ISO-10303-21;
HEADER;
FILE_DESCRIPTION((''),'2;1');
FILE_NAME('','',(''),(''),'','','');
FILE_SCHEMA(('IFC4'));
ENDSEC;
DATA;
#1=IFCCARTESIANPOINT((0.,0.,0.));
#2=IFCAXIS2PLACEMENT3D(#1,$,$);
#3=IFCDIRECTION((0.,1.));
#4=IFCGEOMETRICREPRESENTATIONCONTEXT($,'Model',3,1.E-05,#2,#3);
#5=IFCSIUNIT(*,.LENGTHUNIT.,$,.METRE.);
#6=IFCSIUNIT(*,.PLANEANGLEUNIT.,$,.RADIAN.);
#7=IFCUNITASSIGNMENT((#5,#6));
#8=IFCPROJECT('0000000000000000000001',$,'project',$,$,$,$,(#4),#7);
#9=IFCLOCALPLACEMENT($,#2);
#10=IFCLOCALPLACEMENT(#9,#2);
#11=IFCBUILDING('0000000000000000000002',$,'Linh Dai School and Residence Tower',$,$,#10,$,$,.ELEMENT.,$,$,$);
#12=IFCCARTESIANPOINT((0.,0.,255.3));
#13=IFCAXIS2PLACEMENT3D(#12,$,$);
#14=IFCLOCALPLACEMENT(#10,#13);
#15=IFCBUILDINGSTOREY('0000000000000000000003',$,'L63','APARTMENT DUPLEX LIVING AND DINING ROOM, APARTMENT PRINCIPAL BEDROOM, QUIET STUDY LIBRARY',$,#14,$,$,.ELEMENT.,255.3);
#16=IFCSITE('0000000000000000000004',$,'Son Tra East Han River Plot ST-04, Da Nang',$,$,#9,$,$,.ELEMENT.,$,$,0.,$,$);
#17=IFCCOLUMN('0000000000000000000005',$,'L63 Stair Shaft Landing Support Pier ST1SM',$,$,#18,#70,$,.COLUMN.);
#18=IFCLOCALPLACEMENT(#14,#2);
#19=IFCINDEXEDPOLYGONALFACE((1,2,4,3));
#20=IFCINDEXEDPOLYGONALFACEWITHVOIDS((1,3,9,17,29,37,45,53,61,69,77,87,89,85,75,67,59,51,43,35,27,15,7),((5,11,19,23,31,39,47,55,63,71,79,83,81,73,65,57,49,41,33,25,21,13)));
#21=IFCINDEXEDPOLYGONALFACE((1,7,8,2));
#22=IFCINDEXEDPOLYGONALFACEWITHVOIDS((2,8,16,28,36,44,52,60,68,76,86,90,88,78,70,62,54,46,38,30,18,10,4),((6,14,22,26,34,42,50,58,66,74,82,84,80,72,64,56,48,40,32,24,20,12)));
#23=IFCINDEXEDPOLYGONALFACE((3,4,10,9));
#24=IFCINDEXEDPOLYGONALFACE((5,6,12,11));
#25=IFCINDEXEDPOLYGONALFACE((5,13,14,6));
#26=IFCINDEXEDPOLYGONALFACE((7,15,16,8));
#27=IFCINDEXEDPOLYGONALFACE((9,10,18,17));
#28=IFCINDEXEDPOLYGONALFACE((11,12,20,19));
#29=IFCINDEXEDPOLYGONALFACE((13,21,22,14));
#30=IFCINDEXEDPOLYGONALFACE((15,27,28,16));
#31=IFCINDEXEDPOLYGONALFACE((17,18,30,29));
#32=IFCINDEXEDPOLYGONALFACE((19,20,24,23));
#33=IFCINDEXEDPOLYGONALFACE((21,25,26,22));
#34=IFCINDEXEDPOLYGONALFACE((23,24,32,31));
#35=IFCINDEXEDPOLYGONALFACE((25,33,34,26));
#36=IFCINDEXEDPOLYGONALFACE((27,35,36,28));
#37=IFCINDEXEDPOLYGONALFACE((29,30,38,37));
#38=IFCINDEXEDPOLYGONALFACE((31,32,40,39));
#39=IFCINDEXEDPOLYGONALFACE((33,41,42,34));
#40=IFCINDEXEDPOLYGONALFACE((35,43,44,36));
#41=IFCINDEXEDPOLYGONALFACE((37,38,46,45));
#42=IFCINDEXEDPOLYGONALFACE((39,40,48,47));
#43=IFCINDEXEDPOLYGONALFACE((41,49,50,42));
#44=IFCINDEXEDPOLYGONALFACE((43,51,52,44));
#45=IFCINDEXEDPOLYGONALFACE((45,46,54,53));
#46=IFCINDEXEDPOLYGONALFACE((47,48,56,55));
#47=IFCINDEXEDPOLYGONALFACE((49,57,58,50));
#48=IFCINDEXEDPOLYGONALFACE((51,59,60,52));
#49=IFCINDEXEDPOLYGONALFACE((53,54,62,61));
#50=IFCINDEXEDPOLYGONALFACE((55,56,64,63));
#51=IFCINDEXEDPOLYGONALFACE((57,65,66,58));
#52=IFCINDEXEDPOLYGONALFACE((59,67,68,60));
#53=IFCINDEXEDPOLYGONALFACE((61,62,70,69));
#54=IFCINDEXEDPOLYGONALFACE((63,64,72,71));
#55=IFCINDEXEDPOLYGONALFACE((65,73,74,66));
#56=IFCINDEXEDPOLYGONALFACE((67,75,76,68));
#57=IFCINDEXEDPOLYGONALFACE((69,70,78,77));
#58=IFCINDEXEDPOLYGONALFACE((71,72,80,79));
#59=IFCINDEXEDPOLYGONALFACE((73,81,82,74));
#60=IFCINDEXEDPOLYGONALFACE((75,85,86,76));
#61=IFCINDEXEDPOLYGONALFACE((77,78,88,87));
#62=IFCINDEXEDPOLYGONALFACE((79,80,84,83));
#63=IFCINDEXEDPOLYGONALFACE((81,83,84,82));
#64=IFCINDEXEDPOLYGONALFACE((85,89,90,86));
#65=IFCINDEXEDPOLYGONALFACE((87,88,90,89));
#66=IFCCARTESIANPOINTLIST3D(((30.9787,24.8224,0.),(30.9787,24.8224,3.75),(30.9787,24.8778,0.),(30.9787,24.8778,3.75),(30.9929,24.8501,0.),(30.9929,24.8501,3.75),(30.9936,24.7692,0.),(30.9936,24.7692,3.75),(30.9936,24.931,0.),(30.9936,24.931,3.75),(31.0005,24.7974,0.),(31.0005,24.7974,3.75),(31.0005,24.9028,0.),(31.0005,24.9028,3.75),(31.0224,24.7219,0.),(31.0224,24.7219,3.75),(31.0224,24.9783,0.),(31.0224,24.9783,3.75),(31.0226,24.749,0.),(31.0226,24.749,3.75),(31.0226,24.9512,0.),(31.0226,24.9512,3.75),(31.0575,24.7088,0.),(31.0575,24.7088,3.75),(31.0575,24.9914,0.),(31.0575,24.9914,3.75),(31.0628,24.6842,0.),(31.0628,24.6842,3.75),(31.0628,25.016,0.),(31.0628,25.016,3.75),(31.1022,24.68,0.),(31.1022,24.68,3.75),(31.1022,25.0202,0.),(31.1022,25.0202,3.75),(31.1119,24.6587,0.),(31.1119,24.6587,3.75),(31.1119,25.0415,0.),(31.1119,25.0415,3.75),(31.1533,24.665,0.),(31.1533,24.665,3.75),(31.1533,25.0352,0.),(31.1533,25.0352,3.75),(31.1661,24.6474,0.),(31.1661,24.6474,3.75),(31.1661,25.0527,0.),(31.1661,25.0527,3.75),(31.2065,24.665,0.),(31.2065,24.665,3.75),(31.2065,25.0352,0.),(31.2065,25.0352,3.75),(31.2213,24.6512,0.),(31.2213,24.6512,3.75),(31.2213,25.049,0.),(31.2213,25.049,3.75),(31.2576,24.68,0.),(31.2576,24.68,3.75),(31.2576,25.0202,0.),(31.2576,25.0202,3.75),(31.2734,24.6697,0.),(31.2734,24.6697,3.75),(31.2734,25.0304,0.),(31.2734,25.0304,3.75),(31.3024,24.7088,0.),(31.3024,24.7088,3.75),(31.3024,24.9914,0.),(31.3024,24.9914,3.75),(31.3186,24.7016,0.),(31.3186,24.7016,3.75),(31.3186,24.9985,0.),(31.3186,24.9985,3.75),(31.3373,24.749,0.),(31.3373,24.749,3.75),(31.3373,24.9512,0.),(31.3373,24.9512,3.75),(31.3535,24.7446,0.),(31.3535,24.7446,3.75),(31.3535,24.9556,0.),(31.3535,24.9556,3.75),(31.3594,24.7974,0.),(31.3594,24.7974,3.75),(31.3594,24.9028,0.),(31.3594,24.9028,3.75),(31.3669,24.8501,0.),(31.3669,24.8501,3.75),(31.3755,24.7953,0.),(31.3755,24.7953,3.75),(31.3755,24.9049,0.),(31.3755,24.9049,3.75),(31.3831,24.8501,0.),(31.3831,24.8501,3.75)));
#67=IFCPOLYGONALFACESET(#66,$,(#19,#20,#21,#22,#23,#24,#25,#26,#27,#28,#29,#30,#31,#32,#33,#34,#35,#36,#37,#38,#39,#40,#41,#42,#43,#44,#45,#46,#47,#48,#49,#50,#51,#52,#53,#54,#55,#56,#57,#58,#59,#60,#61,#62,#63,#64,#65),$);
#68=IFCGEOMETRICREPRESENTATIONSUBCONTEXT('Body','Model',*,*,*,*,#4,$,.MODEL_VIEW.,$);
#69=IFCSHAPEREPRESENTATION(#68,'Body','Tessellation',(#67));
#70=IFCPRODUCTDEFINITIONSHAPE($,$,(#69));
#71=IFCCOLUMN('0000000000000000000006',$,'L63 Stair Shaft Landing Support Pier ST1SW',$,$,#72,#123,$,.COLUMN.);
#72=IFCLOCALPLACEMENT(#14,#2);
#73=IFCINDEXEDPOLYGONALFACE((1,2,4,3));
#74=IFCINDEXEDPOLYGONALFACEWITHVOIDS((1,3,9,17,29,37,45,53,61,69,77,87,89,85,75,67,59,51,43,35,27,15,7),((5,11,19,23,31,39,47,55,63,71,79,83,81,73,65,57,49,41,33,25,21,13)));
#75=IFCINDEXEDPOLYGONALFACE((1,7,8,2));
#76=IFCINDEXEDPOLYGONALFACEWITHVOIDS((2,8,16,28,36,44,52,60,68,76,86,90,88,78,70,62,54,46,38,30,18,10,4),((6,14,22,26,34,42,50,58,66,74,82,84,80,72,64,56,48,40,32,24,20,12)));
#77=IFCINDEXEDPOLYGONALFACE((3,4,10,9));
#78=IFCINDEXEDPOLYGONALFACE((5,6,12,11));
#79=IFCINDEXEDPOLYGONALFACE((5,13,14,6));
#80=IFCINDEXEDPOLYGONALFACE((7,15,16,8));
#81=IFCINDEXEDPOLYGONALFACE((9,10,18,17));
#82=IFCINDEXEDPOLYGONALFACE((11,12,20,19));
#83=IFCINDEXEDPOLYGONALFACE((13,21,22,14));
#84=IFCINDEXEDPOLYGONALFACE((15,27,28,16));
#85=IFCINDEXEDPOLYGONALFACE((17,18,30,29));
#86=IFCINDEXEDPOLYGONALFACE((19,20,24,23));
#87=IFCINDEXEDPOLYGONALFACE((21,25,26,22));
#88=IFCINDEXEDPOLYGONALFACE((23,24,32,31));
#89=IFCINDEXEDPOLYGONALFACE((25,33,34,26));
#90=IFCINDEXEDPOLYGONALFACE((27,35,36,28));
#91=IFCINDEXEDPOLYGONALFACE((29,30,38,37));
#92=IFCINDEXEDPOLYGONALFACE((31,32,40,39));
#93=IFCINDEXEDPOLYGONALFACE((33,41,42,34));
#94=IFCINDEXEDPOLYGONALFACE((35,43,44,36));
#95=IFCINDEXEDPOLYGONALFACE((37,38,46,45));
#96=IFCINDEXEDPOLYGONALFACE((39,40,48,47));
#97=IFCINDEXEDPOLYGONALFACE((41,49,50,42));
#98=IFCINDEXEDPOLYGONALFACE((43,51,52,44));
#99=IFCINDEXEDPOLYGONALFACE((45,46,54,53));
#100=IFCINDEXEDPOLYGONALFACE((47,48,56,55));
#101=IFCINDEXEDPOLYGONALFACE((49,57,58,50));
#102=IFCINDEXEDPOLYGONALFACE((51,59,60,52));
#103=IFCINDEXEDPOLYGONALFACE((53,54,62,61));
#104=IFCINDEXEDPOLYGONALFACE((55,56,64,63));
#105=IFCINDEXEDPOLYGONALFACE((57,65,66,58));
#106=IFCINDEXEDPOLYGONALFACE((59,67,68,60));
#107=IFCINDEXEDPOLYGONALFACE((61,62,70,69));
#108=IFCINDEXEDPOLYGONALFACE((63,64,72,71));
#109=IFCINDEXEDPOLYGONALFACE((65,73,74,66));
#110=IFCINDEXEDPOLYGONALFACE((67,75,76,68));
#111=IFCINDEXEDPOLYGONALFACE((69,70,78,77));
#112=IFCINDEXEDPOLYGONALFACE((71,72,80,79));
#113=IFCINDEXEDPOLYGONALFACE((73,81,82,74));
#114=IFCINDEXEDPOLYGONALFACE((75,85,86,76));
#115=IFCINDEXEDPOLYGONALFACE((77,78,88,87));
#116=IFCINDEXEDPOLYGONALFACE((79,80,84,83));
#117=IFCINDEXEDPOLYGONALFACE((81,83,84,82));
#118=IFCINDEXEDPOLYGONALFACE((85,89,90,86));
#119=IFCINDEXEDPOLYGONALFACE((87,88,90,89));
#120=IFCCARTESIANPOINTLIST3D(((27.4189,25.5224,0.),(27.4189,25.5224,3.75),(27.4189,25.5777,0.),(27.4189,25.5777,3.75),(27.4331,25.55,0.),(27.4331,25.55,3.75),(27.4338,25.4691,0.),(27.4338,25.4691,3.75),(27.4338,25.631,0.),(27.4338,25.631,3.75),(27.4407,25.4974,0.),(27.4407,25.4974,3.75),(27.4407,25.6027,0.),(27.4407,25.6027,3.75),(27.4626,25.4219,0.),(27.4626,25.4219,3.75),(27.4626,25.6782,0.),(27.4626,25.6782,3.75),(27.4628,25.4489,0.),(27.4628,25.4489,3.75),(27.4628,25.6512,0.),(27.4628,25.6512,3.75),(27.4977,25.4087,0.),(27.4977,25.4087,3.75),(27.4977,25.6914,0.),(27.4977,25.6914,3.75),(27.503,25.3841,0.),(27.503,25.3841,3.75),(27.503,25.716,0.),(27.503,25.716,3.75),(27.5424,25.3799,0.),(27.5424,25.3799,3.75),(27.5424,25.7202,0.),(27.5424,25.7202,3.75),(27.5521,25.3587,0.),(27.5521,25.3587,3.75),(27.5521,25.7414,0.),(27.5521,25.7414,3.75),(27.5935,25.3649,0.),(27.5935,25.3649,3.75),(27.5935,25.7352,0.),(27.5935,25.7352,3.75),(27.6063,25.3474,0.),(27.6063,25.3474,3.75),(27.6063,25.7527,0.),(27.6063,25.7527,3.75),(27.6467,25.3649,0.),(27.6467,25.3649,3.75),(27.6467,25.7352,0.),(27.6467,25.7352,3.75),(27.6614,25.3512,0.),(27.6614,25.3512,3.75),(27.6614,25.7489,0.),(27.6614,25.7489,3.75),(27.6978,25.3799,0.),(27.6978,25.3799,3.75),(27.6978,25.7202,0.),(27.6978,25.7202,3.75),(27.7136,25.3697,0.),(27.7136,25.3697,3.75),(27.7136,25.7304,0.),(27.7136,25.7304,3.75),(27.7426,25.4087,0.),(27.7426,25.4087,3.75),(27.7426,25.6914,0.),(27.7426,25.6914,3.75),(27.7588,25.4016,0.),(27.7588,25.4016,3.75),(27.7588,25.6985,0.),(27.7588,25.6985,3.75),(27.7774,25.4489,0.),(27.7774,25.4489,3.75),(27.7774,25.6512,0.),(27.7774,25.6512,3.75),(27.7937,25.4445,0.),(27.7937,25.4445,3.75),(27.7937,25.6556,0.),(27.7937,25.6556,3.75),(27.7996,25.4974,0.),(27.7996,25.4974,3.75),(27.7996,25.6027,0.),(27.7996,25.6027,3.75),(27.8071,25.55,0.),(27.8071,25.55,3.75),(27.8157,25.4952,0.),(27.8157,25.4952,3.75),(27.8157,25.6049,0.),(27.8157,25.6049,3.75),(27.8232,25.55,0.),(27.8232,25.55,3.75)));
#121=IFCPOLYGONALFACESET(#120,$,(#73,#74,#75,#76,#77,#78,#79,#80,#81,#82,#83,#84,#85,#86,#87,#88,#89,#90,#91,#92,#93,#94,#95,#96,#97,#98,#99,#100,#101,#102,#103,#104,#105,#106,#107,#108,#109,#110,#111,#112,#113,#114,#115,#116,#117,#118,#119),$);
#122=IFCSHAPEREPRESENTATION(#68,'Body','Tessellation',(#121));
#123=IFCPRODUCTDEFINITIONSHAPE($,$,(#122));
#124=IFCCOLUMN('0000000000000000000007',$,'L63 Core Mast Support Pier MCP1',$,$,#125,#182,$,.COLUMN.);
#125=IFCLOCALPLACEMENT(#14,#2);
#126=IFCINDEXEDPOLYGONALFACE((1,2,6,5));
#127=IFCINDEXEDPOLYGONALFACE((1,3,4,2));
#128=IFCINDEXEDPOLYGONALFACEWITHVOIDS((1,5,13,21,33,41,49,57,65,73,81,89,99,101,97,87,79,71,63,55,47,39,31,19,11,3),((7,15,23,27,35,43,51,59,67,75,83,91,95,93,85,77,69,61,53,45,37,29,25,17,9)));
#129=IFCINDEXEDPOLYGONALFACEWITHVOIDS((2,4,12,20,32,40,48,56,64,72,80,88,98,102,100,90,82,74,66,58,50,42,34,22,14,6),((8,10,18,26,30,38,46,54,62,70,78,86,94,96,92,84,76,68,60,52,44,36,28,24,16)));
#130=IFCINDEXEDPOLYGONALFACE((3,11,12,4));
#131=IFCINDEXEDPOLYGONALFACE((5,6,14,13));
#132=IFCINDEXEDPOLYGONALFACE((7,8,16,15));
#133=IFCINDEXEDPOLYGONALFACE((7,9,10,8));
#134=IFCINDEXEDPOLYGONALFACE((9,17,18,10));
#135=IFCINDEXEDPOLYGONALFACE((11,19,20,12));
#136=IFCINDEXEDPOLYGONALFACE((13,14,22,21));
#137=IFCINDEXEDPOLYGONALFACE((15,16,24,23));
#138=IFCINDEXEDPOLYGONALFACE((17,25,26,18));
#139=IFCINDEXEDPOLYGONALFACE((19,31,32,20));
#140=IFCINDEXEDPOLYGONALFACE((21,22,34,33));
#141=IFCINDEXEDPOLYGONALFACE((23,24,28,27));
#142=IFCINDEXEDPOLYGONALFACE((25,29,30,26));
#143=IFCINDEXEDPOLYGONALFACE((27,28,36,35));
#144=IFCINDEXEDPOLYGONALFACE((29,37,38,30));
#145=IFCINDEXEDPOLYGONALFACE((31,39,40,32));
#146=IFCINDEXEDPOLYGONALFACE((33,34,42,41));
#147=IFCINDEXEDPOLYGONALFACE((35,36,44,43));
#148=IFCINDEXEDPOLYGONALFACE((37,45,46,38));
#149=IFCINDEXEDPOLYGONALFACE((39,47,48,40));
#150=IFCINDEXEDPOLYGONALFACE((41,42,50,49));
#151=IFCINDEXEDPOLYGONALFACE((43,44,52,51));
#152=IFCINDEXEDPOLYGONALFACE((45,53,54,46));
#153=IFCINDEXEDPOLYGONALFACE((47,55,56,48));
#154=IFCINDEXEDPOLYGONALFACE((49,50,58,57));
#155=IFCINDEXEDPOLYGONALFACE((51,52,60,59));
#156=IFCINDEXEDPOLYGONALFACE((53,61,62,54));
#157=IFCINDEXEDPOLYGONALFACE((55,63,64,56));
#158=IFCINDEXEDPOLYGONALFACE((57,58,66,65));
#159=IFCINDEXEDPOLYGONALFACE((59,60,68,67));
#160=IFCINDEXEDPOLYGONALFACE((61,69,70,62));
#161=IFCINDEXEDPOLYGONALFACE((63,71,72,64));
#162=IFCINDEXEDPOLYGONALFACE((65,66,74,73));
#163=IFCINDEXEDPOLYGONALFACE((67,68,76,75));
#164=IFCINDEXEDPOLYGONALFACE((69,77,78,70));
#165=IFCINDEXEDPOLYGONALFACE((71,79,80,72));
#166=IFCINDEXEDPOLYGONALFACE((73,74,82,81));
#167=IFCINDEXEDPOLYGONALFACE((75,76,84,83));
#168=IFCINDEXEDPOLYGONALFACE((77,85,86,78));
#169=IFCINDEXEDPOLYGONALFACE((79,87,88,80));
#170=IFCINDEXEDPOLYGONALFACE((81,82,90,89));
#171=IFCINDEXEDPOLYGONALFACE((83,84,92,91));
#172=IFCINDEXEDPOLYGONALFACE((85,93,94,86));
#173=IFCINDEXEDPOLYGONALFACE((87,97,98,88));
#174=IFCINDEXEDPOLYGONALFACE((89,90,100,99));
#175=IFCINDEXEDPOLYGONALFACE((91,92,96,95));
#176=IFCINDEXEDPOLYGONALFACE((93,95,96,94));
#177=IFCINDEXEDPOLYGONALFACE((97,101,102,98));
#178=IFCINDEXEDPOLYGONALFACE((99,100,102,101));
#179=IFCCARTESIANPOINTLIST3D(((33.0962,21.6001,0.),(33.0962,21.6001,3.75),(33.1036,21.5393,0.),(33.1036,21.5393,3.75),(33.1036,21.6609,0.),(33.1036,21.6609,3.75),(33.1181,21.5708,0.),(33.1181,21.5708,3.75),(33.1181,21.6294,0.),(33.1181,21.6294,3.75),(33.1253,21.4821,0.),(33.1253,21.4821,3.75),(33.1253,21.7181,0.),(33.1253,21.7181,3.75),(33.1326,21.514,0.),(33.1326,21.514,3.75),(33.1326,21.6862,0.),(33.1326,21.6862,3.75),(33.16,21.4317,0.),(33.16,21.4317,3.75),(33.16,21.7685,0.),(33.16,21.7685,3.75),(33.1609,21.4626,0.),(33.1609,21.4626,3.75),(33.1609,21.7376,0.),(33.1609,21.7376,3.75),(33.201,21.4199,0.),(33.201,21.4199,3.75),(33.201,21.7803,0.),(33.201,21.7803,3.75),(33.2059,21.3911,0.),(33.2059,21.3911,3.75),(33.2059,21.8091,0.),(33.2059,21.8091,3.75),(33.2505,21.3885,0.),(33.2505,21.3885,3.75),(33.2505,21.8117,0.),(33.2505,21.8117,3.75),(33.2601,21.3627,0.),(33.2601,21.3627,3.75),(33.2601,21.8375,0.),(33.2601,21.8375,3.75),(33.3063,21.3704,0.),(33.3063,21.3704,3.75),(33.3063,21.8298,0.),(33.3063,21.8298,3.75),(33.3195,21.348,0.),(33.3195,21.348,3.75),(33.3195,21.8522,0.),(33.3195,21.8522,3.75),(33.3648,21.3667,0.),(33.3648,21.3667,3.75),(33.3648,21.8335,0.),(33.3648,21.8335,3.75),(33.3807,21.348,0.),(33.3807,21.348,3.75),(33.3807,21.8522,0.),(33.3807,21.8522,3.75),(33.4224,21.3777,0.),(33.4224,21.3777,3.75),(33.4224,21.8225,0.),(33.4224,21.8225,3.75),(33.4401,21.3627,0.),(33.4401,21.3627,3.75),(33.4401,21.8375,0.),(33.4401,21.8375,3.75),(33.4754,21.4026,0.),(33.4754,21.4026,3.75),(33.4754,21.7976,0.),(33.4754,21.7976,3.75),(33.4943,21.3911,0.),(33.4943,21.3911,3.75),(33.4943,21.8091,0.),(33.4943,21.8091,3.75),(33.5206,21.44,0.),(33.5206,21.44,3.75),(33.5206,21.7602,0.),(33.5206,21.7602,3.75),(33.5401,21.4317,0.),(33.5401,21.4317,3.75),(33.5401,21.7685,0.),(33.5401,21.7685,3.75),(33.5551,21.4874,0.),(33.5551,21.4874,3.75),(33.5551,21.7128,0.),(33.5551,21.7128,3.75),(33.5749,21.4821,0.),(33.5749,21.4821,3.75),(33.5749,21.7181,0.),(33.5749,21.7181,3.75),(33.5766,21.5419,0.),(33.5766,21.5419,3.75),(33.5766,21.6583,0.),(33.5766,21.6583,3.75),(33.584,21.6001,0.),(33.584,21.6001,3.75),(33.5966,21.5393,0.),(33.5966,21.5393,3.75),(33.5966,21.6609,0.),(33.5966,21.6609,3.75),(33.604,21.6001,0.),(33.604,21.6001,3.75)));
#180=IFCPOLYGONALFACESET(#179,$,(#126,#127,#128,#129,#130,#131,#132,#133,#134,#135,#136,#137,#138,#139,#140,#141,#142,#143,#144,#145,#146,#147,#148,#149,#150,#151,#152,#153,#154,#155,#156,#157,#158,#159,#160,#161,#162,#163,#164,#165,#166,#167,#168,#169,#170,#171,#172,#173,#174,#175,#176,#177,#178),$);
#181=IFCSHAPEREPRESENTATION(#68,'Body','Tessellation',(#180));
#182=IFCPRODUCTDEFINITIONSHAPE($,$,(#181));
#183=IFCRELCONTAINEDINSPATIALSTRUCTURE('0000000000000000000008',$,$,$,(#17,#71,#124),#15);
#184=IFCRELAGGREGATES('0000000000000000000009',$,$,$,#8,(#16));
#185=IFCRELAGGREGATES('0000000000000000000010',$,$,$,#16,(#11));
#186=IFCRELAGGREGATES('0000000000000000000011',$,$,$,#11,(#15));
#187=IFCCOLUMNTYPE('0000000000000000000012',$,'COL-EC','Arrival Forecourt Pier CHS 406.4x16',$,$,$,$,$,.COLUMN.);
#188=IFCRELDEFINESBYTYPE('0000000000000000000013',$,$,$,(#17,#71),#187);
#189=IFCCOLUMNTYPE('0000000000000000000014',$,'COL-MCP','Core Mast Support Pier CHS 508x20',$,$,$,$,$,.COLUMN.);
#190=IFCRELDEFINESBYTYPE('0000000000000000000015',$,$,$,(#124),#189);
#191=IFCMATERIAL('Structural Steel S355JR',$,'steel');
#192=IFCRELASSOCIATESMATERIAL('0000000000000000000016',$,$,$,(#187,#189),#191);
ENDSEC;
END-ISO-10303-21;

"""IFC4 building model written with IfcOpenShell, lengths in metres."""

from ifc_helpers import new_model, si_unit, direction, frame, origin, origin_2d, place, context, subcontext, project, spatial, hollow_circle, extrude, material, material_profile, profile_set, type_object, element, save


model = new_model("IFC4")

# Units and contexts
model_context = context("Model", 3, precision=1e-05, world=origin(), true_north=direction((0.0, 1.0)))
body_context = subcontext(model_context, "Body", "Model", "MODEL_VIEW")
ifc_project = project(units=[si_unit("LENGTHUNIT", "METRE"), si_unit("PLANEANGLEUNIT", "RADIAN")], contexts=[model_context])

# Site, building, storey
site_placement = place(None, origin())
site = spatial("IfcSite", under=ifc_project, at=site_placement, Name="Son Tra East Han River Plot ST-04, Da Nang", CompositionType="ELEMENT", RefElevation=0.0)
building_placement = place(site_placement, origin())
building = spatial("IfcBuilding", under=site, at=building_placement, Name="Linh Dai School and Residence Tower", CompositionType="ELEMENT")
storey_placement = place(building_placement, frame((0.0, 0.0, 255.3)))
storey = spatial("IfcBuildingStorey", under=building, at=storey_placement, Name="L63", Description="APARTMENT DUPLEX LIVING AND DINING ROOM, APARTMENT PRINCIPAL BEDROOM, QUIET STUDY LIBRARY", CompositionType="ELEMENT", Elevation=255.3)

# Columns
ifc_material_1 = material(Name="Structural Steel S355JR", Category="steel")
ifc_material_profile_1 = material_profile(ifc_material_1, hollow_circle(Radius=0.2031, WallThickness=0.0161, at=origin_2d()), Name="CHS 406.4x16")
ifc_profile_set_1 = profile_set([ifc_material_profile_1], Name="Structural Steel S355JR")
column_type_1 = type_object("IfcColumnType", Name="COL-EC", Description="Arrival Forecourt Pier CHS 406.4x16", PredefinedType="COLUMN", material=ifc_profile_set_1)
for number, where, z_axis, x_axis, name in (
    (1, (31.1799, 24.8501, 0.0), (0.0, 0.0, 1.0), (1.0, 0.0, 0.0), "L63 Stair Shaft Landing Support Pier ST1SM"),
    (2, (27.6201, 25.55, 0.0), (0.0, 0.0, 1.0), (1.0, 0.0, 0.0), "L63 Stair Shaft Landing Support Pier ST1SW"),
):
    element("IfcColumn", number, at=place(storey_placement, frame(where, z_axis=z_axis, x_axis=x_axis)), inside=storey, type_object=column_type_1, Name=name, PredefinedType="COLUMN", context=body_context, shape_type="SweptSolid", body=[
        extrude(hollow_circle(Radius=0.2031, WallThickness=0.0161, at=origin_2d()), origin(), (0.0, 0.0, 1.0), 3.75),
    ])
ifc_material_profile_2 = material_profile(ifc_material_1, hollow_circle(Radius=0.2539, WallThickness=0.02, at=origin_2d()), Name="CHS 508x20")
ifc_profile_set_2 = profile_set([ifc_material_profile_2], Name="Structural Steel S355JR")
column_type_2 = type_object("IfcColumnType", Name="COL-MCP", Description="Core Mast Support Pier CHS 508x20", PredefinedType="COLUMN", material=ifc_profile_set_2)
column_placement = place(storey_placement, frame((33.3501, 21.6001, 0.0), z_axis=(0.0, 0.0, 1.0), x_axis=(1.0, 0.0, 0.0)))
element("IfcColumn", 3, at=column_placement, inside=storey, type_object=column_type_2, Name="L63 Core Mast Support Pier MCP1", PredefinedType="COLUMN", context=body_context, shape_type="SweptSolid", body=[
    extrude(hollow_circle(Radius=0.2539, WallThickness=0.02, at=origin_2d()), origin(), (0.0, 0.0, 1.0), 3.75),
])

save(model, "model.ifc")
